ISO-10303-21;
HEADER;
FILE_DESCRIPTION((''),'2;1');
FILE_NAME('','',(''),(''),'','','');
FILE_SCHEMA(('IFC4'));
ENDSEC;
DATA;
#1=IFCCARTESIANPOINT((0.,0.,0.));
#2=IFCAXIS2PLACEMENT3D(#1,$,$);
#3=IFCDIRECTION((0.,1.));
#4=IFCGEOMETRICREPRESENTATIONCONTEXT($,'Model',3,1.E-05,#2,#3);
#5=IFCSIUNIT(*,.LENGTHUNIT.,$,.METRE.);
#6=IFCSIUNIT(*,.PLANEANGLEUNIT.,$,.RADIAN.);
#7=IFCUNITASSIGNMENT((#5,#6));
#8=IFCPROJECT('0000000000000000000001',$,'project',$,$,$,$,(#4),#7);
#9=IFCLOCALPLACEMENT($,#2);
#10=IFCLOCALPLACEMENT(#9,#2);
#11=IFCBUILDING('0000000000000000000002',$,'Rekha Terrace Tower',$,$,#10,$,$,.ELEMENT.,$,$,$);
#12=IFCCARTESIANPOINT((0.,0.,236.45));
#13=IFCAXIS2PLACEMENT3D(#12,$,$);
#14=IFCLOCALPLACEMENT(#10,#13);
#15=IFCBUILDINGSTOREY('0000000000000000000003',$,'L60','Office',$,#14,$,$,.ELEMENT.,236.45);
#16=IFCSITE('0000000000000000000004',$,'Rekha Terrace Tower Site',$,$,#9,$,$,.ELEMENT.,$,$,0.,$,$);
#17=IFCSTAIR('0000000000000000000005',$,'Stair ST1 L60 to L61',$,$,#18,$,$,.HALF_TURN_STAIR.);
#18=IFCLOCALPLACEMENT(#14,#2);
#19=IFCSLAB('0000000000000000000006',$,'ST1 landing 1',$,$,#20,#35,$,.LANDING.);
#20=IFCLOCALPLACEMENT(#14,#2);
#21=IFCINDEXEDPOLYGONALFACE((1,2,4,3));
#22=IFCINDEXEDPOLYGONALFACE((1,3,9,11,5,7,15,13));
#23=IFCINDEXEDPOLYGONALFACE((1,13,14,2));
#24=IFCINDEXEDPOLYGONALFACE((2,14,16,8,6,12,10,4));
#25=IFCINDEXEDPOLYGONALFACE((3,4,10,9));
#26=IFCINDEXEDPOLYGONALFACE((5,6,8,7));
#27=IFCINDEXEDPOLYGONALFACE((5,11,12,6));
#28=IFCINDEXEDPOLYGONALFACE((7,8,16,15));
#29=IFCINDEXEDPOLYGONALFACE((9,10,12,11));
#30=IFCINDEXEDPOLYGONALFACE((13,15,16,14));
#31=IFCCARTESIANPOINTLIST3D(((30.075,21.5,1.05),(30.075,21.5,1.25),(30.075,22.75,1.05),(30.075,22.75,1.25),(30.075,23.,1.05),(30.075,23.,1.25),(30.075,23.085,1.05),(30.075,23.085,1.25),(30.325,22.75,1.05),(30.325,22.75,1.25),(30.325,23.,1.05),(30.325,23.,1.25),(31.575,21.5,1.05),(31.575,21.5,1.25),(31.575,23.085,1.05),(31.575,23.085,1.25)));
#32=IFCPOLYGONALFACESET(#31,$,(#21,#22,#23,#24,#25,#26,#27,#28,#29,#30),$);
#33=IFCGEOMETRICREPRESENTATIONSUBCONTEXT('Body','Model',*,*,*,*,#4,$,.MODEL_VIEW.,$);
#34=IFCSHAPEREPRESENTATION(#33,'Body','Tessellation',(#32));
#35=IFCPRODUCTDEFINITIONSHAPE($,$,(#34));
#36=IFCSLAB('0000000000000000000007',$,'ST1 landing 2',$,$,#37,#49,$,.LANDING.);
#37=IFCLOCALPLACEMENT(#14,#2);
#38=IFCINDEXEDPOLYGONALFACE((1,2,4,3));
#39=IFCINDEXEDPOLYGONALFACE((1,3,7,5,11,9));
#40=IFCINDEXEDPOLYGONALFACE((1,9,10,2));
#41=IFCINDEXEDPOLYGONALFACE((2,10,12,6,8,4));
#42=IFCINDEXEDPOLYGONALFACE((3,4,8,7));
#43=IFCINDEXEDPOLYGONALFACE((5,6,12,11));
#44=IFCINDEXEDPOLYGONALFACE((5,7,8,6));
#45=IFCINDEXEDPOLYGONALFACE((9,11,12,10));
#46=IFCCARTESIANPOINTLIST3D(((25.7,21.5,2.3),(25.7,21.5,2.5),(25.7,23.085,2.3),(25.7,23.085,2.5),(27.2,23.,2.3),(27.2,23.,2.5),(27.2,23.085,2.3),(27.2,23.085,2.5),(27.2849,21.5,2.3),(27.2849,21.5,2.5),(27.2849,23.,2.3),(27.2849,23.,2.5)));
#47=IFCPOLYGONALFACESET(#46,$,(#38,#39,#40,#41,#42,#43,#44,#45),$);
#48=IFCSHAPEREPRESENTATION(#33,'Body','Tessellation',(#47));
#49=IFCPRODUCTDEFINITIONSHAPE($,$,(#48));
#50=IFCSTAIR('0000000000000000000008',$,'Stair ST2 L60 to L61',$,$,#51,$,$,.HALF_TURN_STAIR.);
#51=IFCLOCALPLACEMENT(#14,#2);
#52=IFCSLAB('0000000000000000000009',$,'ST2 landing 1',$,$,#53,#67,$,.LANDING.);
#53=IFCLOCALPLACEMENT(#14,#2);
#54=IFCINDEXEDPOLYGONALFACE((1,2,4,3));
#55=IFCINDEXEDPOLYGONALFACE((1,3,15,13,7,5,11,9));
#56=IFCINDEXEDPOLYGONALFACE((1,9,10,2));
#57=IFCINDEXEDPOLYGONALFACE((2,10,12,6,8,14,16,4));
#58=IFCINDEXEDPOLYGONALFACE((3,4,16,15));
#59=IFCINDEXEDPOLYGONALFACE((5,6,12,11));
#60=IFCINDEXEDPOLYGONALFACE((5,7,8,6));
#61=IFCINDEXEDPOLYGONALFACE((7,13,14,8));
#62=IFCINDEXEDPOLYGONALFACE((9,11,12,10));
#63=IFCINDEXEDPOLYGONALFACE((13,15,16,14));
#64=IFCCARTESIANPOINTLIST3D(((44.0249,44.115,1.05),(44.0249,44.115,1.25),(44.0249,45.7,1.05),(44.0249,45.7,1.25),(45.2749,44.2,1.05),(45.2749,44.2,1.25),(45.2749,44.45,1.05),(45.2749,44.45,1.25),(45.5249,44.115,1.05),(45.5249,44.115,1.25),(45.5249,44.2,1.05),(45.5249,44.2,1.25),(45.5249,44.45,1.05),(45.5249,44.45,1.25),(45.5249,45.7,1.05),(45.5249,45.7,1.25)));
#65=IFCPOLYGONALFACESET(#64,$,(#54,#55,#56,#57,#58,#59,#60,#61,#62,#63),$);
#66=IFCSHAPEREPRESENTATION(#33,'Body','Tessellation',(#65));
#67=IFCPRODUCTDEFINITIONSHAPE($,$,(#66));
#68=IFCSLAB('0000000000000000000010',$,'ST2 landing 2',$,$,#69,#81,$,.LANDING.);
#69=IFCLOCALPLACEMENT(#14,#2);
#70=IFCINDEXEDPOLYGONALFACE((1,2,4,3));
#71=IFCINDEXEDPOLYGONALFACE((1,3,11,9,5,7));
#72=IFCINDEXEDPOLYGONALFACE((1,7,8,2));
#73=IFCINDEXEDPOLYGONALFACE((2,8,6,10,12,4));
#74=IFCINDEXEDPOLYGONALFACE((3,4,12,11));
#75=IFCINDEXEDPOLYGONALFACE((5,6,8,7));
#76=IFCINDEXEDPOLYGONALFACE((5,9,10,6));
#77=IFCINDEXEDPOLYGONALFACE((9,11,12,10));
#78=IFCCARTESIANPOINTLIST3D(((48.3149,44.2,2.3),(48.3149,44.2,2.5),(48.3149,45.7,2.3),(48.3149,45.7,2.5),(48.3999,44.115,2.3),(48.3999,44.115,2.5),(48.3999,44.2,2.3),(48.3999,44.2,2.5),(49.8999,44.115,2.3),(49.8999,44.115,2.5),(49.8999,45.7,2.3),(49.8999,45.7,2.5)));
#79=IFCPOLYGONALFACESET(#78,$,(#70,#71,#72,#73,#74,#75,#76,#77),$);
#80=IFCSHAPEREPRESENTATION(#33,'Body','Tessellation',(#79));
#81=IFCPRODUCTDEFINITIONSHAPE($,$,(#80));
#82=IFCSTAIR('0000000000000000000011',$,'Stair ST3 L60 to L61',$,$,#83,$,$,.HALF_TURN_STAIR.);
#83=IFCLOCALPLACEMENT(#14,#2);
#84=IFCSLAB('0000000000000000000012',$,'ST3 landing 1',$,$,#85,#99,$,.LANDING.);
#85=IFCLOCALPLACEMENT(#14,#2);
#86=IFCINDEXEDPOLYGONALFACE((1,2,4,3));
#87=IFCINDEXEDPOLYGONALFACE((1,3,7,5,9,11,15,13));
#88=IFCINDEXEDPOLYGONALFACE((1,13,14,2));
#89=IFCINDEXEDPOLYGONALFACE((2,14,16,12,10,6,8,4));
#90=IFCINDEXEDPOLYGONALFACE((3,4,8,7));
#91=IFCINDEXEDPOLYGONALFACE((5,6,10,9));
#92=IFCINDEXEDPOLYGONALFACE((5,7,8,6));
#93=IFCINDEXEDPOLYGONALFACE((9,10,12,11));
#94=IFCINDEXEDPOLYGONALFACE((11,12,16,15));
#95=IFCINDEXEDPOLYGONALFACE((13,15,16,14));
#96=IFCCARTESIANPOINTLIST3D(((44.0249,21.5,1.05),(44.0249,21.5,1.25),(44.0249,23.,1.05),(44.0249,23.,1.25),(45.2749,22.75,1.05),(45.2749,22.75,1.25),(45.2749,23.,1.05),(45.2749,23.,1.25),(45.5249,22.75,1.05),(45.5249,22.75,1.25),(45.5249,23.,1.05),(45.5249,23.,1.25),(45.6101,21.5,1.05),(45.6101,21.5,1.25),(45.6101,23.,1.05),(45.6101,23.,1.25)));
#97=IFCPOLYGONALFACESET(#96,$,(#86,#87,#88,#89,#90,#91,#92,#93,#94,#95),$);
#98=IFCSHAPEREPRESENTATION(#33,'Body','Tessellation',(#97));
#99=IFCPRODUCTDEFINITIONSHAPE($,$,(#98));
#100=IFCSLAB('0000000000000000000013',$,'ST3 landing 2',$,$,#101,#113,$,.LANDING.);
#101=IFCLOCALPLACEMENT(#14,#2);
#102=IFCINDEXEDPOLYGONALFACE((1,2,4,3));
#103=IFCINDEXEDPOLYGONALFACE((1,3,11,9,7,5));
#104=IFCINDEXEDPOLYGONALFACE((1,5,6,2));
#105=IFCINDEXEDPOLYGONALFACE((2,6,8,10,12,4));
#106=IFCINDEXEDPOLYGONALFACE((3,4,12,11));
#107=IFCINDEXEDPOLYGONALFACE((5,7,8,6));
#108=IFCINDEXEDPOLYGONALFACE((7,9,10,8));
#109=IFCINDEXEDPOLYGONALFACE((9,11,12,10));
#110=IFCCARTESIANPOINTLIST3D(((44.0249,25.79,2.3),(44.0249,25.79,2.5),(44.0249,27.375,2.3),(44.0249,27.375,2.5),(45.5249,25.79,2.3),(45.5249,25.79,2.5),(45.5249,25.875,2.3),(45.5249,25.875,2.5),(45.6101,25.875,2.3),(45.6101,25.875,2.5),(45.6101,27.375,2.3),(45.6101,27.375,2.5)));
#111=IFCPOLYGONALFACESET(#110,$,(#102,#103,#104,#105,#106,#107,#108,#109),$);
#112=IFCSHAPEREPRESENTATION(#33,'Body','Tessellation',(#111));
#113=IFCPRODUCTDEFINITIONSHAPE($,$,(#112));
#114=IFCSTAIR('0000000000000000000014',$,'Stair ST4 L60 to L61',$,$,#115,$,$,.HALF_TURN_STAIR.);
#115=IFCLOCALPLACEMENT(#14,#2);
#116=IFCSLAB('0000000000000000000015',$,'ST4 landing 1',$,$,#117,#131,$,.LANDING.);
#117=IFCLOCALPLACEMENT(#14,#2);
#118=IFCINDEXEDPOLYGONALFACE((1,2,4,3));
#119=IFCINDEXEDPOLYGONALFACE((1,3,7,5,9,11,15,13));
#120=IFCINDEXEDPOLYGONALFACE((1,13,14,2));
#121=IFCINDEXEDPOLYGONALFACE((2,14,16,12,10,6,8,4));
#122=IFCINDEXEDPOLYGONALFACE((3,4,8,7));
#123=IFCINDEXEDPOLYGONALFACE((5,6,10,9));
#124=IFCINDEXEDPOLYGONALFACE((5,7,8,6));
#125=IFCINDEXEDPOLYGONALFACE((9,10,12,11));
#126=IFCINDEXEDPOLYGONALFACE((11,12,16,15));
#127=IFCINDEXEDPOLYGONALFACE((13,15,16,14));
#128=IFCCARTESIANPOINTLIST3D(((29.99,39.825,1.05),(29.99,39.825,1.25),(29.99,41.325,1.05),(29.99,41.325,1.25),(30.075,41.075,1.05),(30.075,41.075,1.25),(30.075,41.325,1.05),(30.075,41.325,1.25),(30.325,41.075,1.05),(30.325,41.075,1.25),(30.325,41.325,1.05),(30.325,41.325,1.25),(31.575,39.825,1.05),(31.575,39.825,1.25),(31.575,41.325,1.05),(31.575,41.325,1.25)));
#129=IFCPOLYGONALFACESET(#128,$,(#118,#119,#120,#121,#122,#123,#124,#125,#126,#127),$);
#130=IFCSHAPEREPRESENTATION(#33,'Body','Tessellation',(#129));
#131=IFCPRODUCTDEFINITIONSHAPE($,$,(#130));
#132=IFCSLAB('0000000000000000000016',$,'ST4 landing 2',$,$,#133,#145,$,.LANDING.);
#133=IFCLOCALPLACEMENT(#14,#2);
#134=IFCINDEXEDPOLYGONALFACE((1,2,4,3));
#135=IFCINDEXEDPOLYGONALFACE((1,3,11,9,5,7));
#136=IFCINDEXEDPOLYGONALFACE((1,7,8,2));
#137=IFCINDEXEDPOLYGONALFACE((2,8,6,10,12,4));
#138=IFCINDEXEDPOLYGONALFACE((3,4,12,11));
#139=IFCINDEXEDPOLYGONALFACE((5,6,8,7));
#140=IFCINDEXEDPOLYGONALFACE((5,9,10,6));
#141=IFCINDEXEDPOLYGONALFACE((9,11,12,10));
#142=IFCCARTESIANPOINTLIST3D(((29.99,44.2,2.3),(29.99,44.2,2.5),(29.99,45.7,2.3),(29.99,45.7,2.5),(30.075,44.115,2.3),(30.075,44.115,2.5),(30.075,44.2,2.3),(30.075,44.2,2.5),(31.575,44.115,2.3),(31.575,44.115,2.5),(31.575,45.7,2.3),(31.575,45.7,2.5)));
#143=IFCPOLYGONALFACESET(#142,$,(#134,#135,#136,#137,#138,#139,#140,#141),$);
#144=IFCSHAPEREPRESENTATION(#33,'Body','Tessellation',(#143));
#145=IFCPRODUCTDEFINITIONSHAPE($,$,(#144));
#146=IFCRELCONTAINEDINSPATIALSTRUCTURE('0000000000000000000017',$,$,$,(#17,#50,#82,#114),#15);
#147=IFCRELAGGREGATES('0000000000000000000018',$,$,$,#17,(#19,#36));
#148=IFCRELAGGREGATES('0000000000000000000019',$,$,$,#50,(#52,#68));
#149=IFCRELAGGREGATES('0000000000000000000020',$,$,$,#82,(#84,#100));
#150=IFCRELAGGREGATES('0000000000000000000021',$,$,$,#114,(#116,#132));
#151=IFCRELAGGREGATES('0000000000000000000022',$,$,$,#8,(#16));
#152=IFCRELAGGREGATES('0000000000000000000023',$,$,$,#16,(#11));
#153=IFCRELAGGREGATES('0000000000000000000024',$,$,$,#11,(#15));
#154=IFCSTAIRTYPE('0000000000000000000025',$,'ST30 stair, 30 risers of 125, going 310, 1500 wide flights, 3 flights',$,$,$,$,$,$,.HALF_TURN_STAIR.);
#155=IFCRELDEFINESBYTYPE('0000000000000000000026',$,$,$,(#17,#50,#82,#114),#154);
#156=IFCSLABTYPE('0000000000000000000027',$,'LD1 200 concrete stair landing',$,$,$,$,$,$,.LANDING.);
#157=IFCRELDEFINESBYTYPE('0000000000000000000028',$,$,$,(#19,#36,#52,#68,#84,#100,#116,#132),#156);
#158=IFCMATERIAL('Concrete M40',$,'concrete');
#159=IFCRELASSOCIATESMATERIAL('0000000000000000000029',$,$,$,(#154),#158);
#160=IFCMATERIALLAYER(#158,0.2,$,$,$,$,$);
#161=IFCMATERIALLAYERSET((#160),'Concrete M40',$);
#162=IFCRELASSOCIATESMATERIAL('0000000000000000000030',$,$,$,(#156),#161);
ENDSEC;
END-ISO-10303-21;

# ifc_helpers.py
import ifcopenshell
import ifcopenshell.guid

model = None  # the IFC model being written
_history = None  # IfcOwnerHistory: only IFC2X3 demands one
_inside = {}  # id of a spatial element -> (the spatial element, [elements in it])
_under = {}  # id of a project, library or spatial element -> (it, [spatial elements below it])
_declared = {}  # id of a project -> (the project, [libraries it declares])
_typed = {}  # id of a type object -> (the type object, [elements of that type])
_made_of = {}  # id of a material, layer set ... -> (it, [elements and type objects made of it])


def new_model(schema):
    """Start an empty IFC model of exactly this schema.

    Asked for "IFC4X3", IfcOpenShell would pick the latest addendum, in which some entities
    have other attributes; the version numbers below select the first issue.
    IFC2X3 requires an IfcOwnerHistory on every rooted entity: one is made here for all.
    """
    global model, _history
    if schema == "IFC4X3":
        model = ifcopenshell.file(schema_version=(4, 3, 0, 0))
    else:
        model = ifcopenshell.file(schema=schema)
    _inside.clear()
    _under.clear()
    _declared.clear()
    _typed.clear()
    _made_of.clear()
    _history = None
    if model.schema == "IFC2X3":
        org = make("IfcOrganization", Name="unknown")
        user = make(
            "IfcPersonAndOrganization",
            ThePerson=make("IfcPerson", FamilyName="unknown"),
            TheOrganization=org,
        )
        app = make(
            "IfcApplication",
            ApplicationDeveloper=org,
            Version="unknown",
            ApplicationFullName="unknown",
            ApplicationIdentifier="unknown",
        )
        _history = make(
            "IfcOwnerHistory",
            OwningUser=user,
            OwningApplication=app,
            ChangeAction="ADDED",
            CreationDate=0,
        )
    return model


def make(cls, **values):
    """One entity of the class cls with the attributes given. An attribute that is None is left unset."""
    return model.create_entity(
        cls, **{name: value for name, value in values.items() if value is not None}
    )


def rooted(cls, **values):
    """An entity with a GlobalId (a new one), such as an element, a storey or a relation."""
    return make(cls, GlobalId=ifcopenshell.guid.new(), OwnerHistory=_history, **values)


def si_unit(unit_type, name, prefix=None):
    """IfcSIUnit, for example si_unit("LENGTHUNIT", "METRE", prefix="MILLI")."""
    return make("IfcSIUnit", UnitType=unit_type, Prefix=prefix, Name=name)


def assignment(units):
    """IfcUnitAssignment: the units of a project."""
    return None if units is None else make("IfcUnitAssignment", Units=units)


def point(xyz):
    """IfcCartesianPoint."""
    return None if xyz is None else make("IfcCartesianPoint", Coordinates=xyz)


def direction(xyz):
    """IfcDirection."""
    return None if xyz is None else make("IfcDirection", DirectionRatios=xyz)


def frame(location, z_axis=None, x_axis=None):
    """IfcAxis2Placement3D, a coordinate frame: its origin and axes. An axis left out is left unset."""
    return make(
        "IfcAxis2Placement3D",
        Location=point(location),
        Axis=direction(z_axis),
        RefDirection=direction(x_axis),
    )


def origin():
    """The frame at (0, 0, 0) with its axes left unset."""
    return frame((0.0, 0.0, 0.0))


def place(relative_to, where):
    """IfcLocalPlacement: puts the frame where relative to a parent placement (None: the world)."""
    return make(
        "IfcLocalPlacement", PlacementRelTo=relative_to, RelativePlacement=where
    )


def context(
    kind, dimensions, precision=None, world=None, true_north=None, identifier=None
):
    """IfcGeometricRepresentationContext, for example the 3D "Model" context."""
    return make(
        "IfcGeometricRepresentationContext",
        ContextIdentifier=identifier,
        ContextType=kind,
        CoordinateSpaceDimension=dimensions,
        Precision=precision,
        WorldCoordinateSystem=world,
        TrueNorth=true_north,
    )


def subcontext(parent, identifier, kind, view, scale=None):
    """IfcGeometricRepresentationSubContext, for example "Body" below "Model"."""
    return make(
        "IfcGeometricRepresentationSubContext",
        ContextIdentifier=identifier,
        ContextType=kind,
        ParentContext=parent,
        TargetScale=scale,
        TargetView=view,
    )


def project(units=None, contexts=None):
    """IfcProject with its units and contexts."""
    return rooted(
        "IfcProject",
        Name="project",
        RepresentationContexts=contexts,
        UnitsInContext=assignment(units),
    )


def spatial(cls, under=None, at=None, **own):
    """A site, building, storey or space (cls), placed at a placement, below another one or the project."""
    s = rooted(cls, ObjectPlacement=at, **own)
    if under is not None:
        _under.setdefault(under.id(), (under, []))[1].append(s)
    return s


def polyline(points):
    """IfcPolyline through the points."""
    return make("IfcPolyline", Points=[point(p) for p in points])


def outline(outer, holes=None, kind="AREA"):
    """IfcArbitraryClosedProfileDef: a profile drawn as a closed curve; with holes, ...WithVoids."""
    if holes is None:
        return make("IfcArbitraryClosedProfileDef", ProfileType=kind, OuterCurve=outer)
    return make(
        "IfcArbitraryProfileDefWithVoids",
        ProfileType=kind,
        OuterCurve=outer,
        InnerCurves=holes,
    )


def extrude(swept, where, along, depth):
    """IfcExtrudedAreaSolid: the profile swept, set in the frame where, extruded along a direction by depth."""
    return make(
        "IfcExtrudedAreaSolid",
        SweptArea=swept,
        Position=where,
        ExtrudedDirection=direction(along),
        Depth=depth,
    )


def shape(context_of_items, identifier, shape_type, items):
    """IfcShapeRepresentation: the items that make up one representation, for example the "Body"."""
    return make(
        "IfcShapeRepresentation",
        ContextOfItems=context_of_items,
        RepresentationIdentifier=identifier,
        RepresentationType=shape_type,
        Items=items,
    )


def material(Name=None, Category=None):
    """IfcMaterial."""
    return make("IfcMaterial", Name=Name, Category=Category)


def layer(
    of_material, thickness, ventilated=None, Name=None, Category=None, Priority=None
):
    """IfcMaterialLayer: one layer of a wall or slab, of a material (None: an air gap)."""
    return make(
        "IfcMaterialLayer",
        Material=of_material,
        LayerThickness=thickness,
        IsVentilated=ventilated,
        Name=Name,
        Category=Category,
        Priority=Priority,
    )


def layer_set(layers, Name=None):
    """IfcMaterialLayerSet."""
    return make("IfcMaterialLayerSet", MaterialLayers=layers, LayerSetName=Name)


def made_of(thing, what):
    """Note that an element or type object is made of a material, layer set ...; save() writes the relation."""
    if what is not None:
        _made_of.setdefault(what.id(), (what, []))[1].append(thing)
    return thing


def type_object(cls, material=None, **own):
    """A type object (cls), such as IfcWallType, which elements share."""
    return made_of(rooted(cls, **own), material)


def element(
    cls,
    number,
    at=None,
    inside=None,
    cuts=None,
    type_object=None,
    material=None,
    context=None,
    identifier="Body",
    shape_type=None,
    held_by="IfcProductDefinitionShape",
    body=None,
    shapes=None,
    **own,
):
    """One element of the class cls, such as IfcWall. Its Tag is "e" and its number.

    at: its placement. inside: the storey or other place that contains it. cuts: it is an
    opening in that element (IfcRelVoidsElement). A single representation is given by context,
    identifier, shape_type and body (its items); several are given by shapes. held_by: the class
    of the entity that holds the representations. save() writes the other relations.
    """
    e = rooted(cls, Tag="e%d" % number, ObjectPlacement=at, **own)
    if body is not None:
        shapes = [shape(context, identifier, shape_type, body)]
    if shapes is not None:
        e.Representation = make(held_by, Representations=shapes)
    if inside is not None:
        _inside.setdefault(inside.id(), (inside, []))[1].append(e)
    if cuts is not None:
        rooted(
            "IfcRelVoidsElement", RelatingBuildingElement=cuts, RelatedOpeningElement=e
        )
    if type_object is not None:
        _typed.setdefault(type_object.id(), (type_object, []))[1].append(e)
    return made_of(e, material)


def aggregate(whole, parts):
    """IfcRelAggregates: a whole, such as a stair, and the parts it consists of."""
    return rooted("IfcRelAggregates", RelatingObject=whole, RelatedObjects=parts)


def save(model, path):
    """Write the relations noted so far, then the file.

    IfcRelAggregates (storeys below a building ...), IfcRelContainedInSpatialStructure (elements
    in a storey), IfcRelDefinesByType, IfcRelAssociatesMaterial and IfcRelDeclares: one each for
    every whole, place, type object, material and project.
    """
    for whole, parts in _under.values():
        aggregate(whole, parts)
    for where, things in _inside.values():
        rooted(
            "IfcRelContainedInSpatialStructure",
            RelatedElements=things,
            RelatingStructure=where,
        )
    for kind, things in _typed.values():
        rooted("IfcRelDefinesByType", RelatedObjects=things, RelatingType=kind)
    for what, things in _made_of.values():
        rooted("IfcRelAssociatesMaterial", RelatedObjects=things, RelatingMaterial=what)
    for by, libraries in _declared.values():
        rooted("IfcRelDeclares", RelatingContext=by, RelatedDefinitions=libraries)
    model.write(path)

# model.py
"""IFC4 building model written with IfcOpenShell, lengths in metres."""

from ifc_helpers import new_model, si_unit, direction, frame, origin, place, context, subcontext, project, spatial, polyline, outline, extrude, material, layer, layer_set, type_object, element, aggregate, save


model = new_model("IFC4")

# Units and contexts
model_context = context("Model", 3, precision=1e-05, world=origin(), true_north=direction((0.0, 1.0)))
body_context = subcontext(model_context, "Body", "Model", "MODEL_VIEW")
ifc_project = project(units=[si_unit("LENGTHUNIT", "METRE"), si_unit("PLANEANGLEUNIT", "RADIAN")], contexts=[model_context])

# Site, building, storey
site_placement = place(None, origin())
site = spatial("IfcSite", under=ifc_project, at=site_placement, Name="Rekha Terrace Tower Site", CompositionType="ELEMENT", RefElevation=0.0)
building_placement = place(site_placement, origin())
building = spatial("IfcBuilding", under=site, at=building_placement, Name="Rekha Terrace Tower", CompositionType="ELEMENT")
storey_placement = place(building_placement, frame((0.0, 0.0, 236.45)))
storey = spatial("IfcBuildingStorey", under=building, at=storey_placement, Name="L60", Description="Office", CompositionType="ELEMENT", Elevation=236.45)

# Stairs, slabs
ifc_material_1 = material(Name="Concrete M40", Category="concrete")
stair_type = type_object("IfcStairType", Name="ST30 stair, 30 risers of 125, going 310, 1500 wide flights, 3 flights", PredefinedType="HALF_TURN_STAIR", material=ifc_material_1)
stair_1_placement = place(storey_placement, origin())
stair_1 = element("IfcStair", 1, at=stair_1_placement, inside=storey, type_object=stair_type, Name="Stair ST1 L60 to L61", PredefinedType="HALF_TURN_STAIR")
ifc_layer_1 = layer(ifc_material_1, 0.2)
ifc_layer_set_1 = layer_set([ifc_layer_1], Name="Concrete M40")
slab_type_1 = type_object("IfcSlabType", Name="LD1 200 concrete stair landing", PredefinedType="LANDING", material=ifc_layer_set_1)
slab_1_placement = place(storey_placement, frame((0.0, 0.0, 1.05)))
slab_1 = element("IfcSlab", 2, at=slab_1_placement, type_object=slab_type_1, Name="ST1 landing 1", PredefinedType="LANDING", context=body_context, shape_type="SweptSolid", body=[
    extrude(outline(polyline([(30.075, 21.5), (31.575, 21.5), (31.575, 23.085), (30.075, 23.085), (30.075, 23.0), (30.325, 23.0), (30.325, 22.75), (30.075, 22.75), (30.075, 21.5)])), origin(), (0.0, 0.0, 1.0), 0.2),
])
slab_2_placement = place(storey_placement, frame((0.0, 0.0, 2.3)))
slab_2 = element("IfcSlab", 3, at=slab_2_placement, type_object=slab_type_1, Name="ST1 landing 2", PredefinedType="LANDING", context=body_context, shape_type="SweptSolid", body=[
    extrude(outline(polyline([(27.2, 23.085), (25.7, 23.085), (25.7, 21.5), (27.2849, 21.5), (27.2849, 23.0), (27.2, 23.0), (27.2, 23.085)])), origin(), (0.0, 0.0, 1.0), 0.2),
])
aggregate(stair_1, [slab_1, slab_2])
stair_2_placement = place(storey_placement, origin())
stair_2 = element("IfcStair", 4, at=stair_2_placement, inside=storey, type_object=stair_type, Name="Stair ST2 L60 to L61", PredefinedType="HALF_TURN_STAIR")
slab_3_placement = place(storey_placement, frame((0.0, 0.0, 1.05)))
slab_3 = element("IfcSlab", 5, at=slab_3_placement, type_object=slab_type_1, Name="ST2 landing 1", PredefinedType="LANDING", context=body_context, shape_type="SweptSolid", body=[
    extrude(outline(polyline([(45.5249, 45.7), (44.0249, 45.7), (44.0249, 44.115), (45.5249, 44.115), (45.5249, 44.2), (45.2749, 44.2), (45.2749, 44.45), (45.5249, 44.45), (45.5249, 45.7)])), origin(), (0.0, 0.0, 1.0), 0.2),
])
slab_4_placement = place(storey_placement, frame((0.0, 0.0, 2.3)))
slab_4 = element("IfcSlab", 6, at=slab_4_placement, type_object=slab_type_1, Name="ST2 landing 2", PredefinedType="LANDING", context=body_context, shape_type="SweptSolid", body=[
    extrude(outline(polyline([(48.3999, 44.115), (49.8999, 44.115), (49.8999, 45.7), (48.3149, 45.7), (48.3149, 44.2), (48.3999, 44.2), (48.3999, 44.115)])), origin(), (0.0, 0.0, 1.0), 0.2),
])
aggregate(stair_2, [slab_3, slab_4])
stair_3_placement = place(storey_placement, origin())
stair_3 = element("IfcStair", 7, at=stair_3_placement, inside=storey, type_object=stair_type, Name="Stair ST3 L60 to L61", PredefinedType="HALF_TURN_STAIR")
slab_5_placement = place(storey_placement, frame((0.0, 0.0, 1.05)))
slab_5 = element("IfcSlab", 8, at=slab_5_placement, type_object=slab_type_1, Name="ST3 landing 1", PredefinedType="LANDING", context=body_context, shape_type="SweptSolid", body=[
    extrude(outline(polyline([(44.0249, 23.0), (44.0249, 21.5), (45.6101, 21.5), (45.6101, 23.0), (45.5249, 23.0), (45.5249, 22.75), (45.2749, 22.75), (45.2749, 23.0), (44.0249, 23.0)])), origin(), (0.0, 0.0, 1.0), 0.2),
])
slab_6_placement = place(storey_placement, frame((0.0, 0.0, 2.3)))
slab_6 = element("IfcSlab", 9, at=slab_6_placement, type_object=slab_type_1, Name="ST3 landing 2", PredefinedType="LANDING", context=body_context, shape_type="SweptSolid", body=[
    extrude(outline(polyline([(45.6101, 25.875), (45.6101, 27.375), (44.0249, 27.375), (44.0249, 25.79), (45.5249, 25.79), (45.5249, 25.875), (45.6101, 25.875)])), origin(), (0.0, 0.0, 1.0), 0.2),
])
aggregate(stair_3, [slab_5, slab_6])
stair_4_placement = place(storey_placement, origin())
stair_4 = element("IfcStair", 10, at=stair_4_placement, inside=storey, type_object=stair_type, Name="Stair ST4 L60 to L61", PredefinedType="HALF_TURN_STAIR")
slab_7_placement = place(storey_placement, frame((0.0, 0.0, 1.05)))
slab_7 = element("IfcSlab", 11, at=slab_7_placement, type_object=slab_type_1, Name="ST4 landing 1", PredefinedType="LANDING", context=body_context, shape_type="SweptSolid", body=[
    extrude(outline(polyline([(31.575, 41.325), (31.575, 39.825), (29.99, 39.825), (29.99, 41.325), (30.075, 41.325), (30.075, 41.075), (30.325, 41.075), (30.325, 41.325), (31.575, 41.325)])), origin(), (0.0, 0.0, 1.0), 0.2),
])
slab_8_placement = place(storey_placement, frame((0.0, 0.0, 2.3)))
slab_8 = element("IfcSlab", 12, at=slab_8_placement, type_object=slab_type_1, Name="ST4 landing 2", PredefinedType="LANDING", context=body_context, shape_type="SweptSolid", body=[
    extrude(outline(polyline([(29.99, 44.2), (29.99, 45.7), (31.575, 45.7), (31.575, 44.115), (30.075, 44.115), (30.075, 44.2), (29.99, 44.2)])), origin(), (0.0, 0.0, 1.0), 0.2),
])
aggregate(stair_4, [slab_7, slab_8])

save(model, "model.ifc")
